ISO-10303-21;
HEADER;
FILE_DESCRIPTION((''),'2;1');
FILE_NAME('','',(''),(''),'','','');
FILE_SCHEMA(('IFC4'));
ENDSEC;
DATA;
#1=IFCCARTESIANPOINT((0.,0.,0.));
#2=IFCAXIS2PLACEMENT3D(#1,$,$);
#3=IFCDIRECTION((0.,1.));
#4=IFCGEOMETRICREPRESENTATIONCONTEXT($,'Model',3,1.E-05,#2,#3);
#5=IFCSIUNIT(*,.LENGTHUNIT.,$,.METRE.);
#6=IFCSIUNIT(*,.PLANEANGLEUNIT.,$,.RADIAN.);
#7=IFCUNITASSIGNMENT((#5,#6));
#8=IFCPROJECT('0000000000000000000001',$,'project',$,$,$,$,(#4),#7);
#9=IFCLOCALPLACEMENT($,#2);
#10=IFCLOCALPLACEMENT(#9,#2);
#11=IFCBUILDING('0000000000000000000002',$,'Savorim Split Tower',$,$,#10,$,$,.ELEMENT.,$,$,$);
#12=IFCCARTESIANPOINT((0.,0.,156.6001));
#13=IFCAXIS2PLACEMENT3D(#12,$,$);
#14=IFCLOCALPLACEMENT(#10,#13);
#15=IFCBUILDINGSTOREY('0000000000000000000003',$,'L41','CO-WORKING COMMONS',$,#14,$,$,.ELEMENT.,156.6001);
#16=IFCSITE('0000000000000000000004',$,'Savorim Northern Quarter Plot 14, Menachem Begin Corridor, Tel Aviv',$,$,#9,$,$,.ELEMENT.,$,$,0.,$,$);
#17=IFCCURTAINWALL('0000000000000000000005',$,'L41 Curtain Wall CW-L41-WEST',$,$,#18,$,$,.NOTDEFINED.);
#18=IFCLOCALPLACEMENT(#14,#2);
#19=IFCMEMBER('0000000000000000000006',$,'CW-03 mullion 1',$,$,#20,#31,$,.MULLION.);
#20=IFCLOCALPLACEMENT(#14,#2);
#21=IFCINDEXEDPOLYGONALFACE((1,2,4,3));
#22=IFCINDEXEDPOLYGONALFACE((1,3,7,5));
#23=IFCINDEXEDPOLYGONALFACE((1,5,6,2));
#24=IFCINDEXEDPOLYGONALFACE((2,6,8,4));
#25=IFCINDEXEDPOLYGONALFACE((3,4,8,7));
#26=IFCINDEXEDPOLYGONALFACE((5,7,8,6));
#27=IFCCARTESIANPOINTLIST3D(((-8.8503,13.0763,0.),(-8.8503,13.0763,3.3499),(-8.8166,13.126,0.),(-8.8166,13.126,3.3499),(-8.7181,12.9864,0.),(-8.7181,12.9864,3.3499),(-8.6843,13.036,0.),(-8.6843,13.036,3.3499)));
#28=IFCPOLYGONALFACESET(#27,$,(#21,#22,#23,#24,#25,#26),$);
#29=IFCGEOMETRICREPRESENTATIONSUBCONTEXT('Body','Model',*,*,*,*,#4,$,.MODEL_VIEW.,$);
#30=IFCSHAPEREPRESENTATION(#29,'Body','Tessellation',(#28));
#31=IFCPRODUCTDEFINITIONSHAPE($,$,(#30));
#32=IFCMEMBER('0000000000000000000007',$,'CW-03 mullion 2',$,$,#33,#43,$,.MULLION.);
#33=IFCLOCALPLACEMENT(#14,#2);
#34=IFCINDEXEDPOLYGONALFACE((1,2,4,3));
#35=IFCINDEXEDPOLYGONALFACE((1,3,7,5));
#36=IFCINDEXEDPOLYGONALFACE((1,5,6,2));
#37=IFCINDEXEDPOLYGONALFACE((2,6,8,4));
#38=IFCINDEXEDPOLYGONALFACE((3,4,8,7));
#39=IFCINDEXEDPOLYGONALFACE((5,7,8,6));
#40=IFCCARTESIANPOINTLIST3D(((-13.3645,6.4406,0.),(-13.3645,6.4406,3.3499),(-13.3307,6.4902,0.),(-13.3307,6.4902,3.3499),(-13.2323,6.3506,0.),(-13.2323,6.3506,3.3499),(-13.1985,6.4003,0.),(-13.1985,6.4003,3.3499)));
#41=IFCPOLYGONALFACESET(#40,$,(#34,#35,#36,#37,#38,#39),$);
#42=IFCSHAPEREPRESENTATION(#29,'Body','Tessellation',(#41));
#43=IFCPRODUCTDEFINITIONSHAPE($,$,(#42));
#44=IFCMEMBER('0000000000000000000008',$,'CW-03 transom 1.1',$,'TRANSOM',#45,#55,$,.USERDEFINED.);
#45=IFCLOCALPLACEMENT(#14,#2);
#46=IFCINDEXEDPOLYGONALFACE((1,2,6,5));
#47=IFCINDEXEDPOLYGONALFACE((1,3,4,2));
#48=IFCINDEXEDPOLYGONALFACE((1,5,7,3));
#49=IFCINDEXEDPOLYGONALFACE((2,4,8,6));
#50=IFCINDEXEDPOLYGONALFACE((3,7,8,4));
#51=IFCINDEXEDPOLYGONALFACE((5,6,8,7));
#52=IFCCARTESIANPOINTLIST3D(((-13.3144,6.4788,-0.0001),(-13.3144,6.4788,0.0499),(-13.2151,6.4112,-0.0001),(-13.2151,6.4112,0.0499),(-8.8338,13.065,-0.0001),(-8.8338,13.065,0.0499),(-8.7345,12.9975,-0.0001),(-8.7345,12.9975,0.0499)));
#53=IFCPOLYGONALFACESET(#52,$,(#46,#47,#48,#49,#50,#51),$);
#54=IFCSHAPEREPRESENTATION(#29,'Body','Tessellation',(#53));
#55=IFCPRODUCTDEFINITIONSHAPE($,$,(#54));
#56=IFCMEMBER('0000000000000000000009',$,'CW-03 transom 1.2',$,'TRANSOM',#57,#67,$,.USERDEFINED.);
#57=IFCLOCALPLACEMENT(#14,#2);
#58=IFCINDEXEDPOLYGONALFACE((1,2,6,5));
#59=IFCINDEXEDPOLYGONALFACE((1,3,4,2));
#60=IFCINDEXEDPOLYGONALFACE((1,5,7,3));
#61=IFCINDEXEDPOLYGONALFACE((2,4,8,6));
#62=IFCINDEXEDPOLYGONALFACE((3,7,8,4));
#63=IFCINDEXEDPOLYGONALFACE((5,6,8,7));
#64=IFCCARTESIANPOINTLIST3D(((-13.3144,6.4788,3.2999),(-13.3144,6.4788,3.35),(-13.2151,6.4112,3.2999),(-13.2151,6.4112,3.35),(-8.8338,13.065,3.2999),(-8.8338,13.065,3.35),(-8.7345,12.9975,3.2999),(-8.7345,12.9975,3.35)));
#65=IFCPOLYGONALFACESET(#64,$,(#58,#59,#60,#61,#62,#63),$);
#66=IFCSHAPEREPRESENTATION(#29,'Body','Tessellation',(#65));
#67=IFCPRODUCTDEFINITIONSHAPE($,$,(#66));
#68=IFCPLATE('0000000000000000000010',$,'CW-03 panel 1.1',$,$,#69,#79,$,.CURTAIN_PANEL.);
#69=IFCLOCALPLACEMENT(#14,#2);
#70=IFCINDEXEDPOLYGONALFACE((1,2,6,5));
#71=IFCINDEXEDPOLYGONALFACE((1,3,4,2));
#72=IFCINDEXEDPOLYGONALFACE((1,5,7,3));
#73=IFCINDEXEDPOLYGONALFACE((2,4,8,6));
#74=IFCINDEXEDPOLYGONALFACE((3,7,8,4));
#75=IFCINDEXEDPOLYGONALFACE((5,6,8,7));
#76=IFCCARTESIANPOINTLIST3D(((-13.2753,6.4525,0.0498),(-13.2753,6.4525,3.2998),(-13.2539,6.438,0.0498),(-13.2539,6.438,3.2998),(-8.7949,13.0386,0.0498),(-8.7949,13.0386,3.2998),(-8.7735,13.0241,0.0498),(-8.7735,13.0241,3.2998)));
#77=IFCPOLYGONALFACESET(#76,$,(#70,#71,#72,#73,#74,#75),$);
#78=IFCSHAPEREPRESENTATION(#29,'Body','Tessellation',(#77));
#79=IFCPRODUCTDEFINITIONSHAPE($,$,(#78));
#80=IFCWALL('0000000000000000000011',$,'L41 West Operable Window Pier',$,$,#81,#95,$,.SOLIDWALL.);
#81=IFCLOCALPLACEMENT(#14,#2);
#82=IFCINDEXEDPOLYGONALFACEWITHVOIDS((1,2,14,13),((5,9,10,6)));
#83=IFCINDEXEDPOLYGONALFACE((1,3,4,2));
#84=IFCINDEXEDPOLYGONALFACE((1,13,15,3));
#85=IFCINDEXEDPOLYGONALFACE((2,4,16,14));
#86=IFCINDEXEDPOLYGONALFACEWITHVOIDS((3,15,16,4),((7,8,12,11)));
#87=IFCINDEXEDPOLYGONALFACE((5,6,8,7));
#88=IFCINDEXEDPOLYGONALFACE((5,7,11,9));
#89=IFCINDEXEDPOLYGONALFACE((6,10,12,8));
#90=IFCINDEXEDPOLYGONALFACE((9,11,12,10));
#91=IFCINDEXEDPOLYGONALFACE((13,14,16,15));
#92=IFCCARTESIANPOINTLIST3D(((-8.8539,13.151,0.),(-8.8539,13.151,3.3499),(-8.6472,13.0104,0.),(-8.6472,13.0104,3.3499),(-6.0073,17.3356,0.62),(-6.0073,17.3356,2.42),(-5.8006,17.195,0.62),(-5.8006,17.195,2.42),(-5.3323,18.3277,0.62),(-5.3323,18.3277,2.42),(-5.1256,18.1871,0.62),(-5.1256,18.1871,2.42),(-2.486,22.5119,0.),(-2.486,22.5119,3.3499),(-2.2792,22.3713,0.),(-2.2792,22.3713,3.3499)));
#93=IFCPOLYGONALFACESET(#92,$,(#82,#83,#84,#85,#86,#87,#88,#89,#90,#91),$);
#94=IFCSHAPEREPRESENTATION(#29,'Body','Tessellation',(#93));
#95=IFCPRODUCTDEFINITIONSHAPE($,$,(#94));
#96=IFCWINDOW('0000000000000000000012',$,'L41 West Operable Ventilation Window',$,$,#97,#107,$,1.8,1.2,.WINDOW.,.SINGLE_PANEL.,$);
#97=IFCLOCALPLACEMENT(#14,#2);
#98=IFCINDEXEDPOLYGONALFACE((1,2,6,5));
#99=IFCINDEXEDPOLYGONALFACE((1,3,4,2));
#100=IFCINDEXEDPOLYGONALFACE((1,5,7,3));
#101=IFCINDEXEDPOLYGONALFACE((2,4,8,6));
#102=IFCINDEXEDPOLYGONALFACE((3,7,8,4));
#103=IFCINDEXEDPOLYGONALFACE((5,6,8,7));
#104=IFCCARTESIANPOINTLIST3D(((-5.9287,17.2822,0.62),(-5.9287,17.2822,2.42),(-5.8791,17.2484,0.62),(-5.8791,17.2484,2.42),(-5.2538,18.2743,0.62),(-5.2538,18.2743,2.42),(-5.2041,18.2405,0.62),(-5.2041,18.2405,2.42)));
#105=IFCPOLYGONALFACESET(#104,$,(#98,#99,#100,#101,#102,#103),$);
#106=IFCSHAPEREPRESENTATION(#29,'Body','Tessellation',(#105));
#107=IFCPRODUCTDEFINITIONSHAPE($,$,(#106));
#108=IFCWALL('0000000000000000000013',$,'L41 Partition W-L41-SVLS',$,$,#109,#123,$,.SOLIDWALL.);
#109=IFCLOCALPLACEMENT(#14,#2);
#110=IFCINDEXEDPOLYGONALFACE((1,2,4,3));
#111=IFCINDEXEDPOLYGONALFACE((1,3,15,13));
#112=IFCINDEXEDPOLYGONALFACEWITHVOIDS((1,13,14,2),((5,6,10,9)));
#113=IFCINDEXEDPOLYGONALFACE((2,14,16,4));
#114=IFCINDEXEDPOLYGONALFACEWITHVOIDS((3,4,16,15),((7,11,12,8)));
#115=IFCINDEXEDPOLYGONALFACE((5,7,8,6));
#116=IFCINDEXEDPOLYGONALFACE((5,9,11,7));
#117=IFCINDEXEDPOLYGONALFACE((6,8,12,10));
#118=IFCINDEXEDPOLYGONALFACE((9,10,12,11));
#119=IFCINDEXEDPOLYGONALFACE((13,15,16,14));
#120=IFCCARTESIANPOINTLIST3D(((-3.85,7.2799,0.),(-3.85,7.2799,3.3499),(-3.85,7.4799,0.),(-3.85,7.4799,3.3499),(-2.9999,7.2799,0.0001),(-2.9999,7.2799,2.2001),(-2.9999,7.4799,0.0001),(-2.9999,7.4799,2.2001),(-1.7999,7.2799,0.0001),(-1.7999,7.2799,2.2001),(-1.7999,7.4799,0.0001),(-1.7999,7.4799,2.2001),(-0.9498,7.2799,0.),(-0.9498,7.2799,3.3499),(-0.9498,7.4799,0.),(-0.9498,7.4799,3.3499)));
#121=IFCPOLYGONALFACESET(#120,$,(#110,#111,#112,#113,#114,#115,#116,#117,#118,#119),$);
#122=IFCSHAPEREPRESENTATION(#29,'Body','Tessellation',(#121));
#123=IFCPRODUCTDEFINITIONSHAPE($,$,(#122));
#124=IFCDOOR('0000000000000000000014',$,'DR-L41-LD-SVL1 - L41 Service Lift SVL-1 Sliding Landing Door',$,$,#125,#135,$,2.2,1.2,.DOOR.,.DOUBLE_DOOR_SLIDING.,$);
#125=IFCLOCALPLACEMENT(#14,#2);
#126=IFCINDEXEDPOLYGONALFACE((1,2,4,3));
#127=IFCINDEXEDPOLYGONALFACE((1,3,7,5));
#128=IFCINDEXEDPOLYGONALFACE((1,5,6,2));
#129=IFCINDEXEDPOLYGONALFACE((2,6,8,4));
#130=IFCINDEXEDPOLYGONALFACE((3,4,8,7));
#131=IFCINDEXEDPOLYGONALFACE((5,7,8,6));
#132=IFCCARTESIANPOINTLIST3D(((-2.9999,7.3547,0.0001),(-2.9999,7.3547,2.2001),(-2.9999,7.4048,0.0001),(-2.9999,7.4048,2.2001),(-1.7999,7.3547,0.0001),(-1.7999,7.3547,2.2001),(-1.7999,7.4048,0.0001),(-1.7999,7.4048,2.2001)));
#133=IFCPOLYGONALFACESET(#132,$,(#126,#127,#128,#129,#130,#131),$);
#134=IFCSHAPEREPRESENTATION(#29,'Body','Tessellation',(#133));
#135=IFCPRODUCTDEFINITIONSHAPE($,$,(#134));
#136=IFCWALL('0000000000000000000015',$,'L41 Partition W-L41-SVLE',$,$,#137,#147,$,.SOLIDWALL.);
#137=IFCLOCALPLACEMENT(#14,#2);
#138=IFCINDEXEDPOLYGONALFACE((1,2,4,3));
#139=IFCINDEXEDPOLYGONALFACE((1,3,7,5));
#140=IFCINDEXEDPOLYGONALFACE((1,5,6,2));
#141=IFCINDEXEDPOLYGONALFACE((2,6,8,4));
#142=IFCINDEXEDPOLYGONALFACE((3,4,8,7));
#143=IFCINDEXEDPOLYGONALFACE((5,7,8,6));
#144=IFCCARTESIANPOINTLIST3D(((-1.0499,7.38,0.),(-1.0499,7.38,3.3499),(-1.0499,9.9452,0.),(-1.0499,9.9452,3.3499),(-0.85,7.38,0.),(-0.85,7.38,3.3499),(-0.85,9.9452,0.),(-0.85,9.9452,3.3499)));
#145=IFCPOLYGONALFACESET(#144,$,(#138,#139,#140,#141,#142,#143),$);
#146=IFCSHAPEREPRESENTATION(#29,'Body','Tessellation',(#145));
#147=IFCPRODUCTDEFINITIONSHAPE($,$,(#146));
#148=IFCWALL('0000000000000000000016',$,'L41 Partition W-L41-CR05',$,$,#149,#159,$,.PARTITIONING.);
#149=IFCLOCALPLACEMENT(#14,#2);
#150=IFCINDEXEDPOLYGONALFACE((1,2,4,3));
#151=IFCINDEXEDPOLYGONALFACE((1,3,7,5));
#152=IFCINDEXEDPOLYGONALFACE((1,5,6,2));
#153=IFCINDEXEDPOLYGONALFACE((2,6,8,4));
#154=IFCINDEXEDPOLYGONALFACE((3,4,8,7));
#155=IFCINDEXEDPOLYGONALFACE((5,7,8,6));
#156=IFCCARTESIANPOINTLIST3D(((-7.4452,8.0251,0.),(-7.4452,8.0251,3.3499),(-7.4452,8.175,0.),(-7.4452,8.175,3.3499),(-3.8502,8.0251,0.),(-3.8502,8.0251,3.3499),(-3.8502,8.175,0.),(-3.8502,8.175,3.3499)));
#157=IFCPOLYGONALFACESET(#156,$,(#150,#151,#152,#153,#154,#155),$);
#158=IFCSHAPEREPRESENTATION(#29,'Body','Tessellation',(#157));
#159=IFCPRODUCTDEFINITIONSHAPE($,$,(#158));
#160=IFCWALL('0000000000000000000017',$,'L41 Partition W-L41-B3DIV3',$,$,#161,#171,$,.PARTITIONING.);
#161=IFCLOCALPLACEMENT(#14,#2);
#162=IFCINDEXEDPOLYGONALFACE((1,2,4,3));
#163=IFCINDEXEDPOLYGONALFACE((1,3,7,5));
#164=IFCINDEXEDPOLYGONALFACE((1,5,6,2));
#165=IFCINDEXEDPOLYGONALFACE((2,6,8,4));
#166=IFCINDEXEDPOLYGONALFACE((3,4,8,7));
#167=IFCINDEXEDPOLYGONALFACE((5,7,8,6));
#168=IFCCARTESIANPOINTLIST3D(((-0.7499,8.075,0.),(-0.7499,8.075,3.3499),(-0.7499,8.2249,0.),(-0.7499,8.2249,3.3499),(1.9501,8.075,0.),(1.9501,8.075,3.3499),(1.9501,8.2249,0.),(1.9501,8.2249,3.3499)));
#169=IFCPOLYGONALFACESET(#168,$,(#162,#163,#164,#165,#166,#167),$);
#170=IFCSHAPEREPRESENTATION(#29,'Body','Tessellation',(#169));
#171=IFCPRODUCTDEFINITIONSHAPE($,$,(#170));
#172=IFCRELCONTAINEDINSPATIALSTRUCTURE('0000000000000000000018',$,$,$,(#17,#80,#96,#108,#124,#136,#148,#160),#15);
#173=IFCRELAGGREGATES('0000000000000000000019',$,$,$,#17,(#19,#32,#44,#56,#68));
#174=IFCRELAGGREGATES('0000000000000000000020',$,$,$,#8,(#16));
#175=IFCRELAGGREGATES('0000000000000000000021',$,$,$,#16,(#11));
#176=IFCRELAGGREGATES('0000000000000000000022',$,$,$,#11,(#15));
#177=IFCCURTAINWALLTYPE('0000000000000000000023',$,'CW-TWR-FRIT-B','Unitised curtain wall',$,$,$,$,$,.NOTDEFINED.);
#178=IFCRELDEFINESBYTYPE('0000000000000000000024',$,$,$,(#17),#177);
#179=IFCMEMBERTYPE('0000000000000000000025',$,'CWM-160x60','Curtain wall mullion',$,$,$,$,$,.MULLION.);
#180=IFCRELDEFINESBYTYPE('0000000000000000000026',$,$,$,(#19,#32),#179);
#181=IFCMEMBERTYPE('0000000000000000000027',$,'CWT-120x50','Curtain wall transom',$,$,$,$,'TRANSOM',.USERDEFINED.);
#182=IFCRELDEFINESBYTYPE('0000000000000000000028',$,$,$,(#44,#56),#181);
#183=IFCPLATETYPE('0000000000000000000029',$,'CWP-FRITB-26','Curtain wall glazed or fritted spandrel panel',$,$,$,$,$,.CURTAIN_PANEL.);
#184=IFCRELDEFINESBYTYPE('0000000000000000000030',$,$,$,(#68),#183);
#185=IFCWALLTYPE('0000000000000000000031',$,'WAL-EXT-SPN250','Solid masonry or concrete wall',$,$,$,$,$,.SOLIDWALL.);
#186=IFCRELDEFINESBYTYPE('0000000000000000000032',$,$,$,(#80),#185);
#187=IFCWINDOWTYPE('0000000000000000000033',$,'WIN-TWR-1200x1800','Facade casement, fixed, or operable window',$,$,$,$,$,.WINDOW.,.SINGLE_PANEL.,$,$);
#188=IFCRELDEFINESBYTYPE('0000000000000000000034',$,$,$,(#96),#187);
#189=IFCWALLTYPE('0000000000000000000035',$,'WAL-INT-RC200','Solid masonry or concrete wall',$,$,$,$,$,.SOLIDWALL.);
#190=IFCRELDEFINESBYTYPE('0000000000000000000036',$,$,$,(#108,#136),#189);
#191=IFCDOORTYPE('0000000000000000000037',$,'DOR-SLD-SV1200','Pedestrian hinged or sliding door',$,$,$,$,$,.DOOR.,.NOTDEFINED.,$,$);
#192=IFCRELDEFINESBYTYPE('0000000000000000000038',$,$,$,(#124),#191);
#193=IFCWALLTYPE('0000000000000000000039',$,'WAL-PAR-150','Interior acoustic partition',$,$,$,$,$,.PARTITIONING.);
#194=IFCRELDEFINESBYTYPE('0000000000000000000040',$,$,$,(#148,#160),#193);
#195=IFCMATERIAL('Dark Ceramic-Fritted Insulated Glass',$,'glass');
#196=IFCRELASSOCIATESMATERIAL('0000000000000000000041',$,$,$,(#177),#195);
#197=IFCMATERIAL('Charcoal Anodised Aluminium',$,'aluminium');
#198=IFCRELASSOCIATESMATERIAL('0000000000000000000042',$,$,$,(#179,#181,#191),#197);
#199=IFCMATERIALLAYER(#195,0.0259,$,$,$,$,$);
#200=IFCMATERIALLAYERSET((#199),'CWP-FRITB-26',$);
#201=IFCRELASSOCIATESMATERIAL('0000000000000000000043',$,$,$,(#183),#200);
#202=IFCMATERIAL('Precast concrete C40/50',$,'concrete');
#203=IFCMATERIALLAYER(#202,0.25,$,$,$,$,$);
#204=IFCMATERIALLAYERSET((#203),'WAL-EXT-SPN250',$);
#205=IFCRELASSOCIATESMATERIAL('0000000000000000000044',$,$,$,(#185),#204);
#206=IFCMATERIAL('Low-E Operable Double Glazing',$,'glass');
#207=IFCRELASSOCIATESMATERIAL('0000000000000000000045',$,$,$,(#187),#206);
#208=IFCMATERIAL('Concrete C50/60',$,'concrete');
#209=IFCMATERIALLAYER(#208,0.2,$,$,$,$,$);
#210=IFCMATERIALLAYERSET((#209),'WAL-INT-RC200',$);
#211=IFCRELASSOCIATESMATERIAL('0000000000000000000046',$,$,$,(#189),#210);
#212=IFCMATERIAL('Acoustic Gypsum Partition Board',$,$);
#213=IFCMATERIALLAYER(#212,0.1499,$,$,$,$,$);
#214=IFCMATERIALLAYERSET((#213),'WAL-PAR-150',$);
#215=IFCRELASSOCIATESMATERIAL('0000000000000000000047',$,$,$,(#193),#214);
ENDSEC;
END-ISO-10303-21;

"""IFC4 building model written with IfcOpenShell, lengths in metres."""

from ifc_helpers import new_model, si_unit, direction, frame, frame_2d, origin, origin_2d, place, context, subcontext, project, spatial, rectangle, extrude, material, layer, layer_set, material_profile, profile_set, type_object, element, fill, aggregate, save


model = new_model("IFC4")

# Units and contexts
model_context = context("Model", 3, precision=1e-05, world=origin(), true_north=direction((0.0, 1.0)))
body_context = subcontext(model_context, "Body", "Model", "MODEL_VIEW")
ifc_project = project(units=[si_unit("LENGTHUNIT", "METRE"), si_unit("PLANEANGLEUNIT", "RADIAN")], contexts=[model_context])

# Site, building, storey
site_placement = place(None, origin())
site = spatial("IfcSite", under=ifc_project, at=site_placement, Name="Savorim Northern Quarter Plot 14, Menachem Begin Corridor, Tel Aviv", CompositionType="ELEMENT", RefElevation=0.0)
building_placement = place(site_placement, origin())
building = spatial("IfcBuilding", under=site, at=building_placement, Name="Savorim Split Tower", CompositionType="ELEMENT")
storey_placement = place(building_placement, frame((0.0, 0.0, 156.6001)))
storey = spatial("IfcBuildingStorey", under=building, at=storey_placement, Name="L41", Description="CO-WORKING COMMONS", CompositionType="ELEMENT", Elevation=156.6001)

# Curtain wall, members, plate
ifc_material_1 = material(Name="Dark Ceramic-Fritted Insulated Glass", Category="glass")
curtain_wall_type = type_object("IfcCurtainWallType", Name="CW-TWR-FRIT-B", Description="Unitised curtain wall", PredefinedType="NOTDEFINED", material=ifc_material_1)
curtain_wall_placement = place(storey_placement, origin())
curtain_wall = element("IfcCurtainWall", 1, at=curtain_wall_placement, inside=storey, type_object=curtain_wall_type, Name="L41 Curtain Wall CW-L41-WEST", PredefinedType="NOTDEFINED")
ifc_material_2 = material(Name="Charcoal Anodised Aluminium", Category="aluminium")
ifc_material_profile_1 = material_profile(ifc_material_2, rectangle(XDim=0.1599, YDim=0.0601, at=origin_2d()), Name="ALU-M 160x60")
ifc_profile_set_1 = profile_set([ifc_material_profile_1], Name="Charcoal Anodised Aluminium")
member_type_1 = type_object("IfcMemberType", Name="CWM-160x60", Description="Curtain wall mullion", PredefinedType="MULLION", material=ifc_profile_set_1)
member_1_placement = place(storey_placement, frame((-8.7673, 13.0562, 0.0), z_axis=(0.0, 0.0, 1.0), x_axis=(0.82682, -0.562466, 0.0)))
member_1 = element("IfcMember", 2, at=member_1_placement, type_object=member_type_1, Name="CW-03 mullion 1", PredefinedType="MULLION", context=body_context, shape_type="SweptSolid", body=[
    extrude(rectangle(XDim=0.1599, YDim=0.0601, at=origin_2d()), origin(), (0.0, 0.0, 1.0), 3.3499),
])
member_2_placement = place(storey_placement, frame((-13.2815, 6.4204, 0.0), z_axis=(0.0, 0.0, 1.0), x_axis=(0.82682, -0.562466, 0.0)))
member_2 = element("IfcMember", 3, at=member_2_placement, type_object=member_type_1, Name="CW-03 mullion 2", PredefinedType="MULLION", context=body_context, shape_type="SweptSolid", body=[
    extrude(rectangle(XDim=0.1599, YDim=0.0601, at=origin_2d()), origin(), (0.0, 0.0, 1.0), 3.3499),
])
ifc_material_profile_2 = material_profile(ifc_material_2, rectangle(XDim=0.1201, YDim=0.05, at=origin_2d()), Name="ALU-T 120x50")
ifc_profile_set_2 = profile_set([ifc_material_profile_2], Name="Charcoal Anodised Aluminium")
member_type_2 = type_object("IfcMemberType", Name="CWT-120x50", Description="Curtain wall transom", ElementType="TRANSOM", PredefinedType="USERDEFINED", material=ifc_profile_set_2)
member_3_placement = place(storey_placement, frame((-8.7842, 13.0312, 0.0249), z_axis=(-0.56247, -0.826818, 0.0), x_axis=(0.826818, -0.56247, 0.0)))
member_3 = element("IfcMember", 4, at=member_3_placement, type_object=member_type_2, Name="CW-03 transom 1.1", ObjectType="TRANSOM", PredefinedType="USERDEFINED", context=body_context, shape_type="SweptSolid", body=[
    extrude(rectangle(XDim=0.1201, YDim=0.05, at=origin_2d()), origin(), (0.0, 0.0, 1.0), 7.9658),
])
member_4_placement = place(storey_placement, frame((-8.7842, 13.0312, 3.325), z_axis=(-0.56247, -0.826818, 0.0), x_axis=(0.826818, -0.56247, 0.0)))
member_4 = element("IfcMember", 5, at=member_4_placement, type_object=member_type_2, Name="CW-03 transom 1.2", ObjectType="TRANSOM", PredefinedType="USERDEFINED", context=body_context, shape_type="SweptSolid", body=[
    extrude(rectangle(XDim=0.1201, YDim=0.05, at=origin_2d()), origin(), (0.0, 0.0, 1.0), 7.9658),
])
ifc_layer_1 = layer(ifc_material_1, 0.0259)
ifc_layer_set_1 = layer_set([ifc_layer_1], Name="CWP-FRITB-26")
plate_type = type_object("IfcPlateType", Name="CWP-FRITB-26", Description="Curtain wall glazed or fritted spandrel panel", PredefinedType="CURTAIN_PANEL", material=ifc_layer_set_1)
plate_placement = place(storey_placement, frame((-11.0244, 9.7383, 0.0498), z_axis=(0.0, 0.0, 1.0), x_axis=(-0.562466, -0.82682, 0.0)))
plate = element("IfcPlate", 6, at=plate_placement, type_object=plate_type, Name="CW-03 panel 1.1", PredefinedType="CURTAIN_PANEL", context=body_context, shape_type="SweptSolid", body=[
    extrude(rectangle(XDim=7.9656, YDim=0.0259, at=origin_2d()), origin(), (0.0, 0.0, 1.0), 3.25),
])
aggregate(curtain_wall, [member_1, member_2, member_3, member_4, plate])

# Shared definitions
ifc_material_3 = material(Name="Precast concrete C40/50", Category="concrete")

# Wall, opening, window
ifc_layer_2 = layer(ifc_material_3, 0.25)
ifc_layer_set_2 = layer_set([ifc_layer_2], Name="WAL-EXT-SPN250")
wall_type_1 = type_object("IfcWallType", Name="WAL-EXT-SPN250", Description="Solid masonry or concrete wall", PredefinedType="SOLIDWALL", material=ifc_layer_set_2)
wall_1_placement = place(storey_placement, frame((-8.7505, 13.0808, 0.0), z_axis=(0.0, 0.0, 1.0), x_axis=(0.562464, 0.826822, 0.0)))
wall_1 = element("IfcWall", 7, at=wall_1_placement, inside=storey, type_object=wall_type_1, Name="L41 West Operable Window Pier", PredefinedType="SOLIDWALL", context=body_context, shape_type="SweptSolid", body=[
    extrude(rectangle(XDim=11.3215, YDim=0.25, at=frame_2d((5.6606, 0.0))), origin(), (0.0, 0.0, 1.0), 3.3499),
])
opening_1_placement = place(wall_1_placement, frame((5.0608, 0.0, 0.6201)))
opening_1 = element("IfcOpeningElement", 8, at=opening_1_placement, cuts=wall_1, PredefinedType="OPENING", context=body_context, shape_type="SweptSolid", body=[
    extrude(rectangle(XDim=1.2, YDim=1.8, at=frame_2d((0.6001, 0.8999))), frame((0.0, 0.135, 0.0), z_axis=(0.0, -1.0, 0.0), x_axis=(1.0, 0.0, 0.0)), (0.0, 0.0, 1.0), 0.27),
])
ifc_material_4 = material(Name="Low-E Operable Double Glazing", Category="glass")
window_type = type_object("IfcWindowType", Name="WIN-TWR-1200x1800", Description="Facade casement, fixed, or operable window", PartitioningType="SINGLE_PANEL", PredefinedType="WINDOW", material=ifc_material_4)
window_placement = place(opening_1_placement, origin())
window = element("IfcWindow", 9, at=window_placement, inside=storey, type_object=window_type, Name="L41 West Operable Ventilation Window", OverallHeight=1.8, OverallWidth=1.2, PartitioningType="SINGLE_PANEL", PredefinedType="WINDOW", context=body_context, shape_type="SweptSolid", body=[
    extrude(rectangle(XDim=1.2, YDim=1.8, at=frame_2d((0.6001, 0.8999))), frame((0.0, 0.03, 0.0), z_axis=(0.0, -1.0, 0.0), x_axis=(1.0, 0.0, 0.0)), (0.0, 0.0, 1.0), 0.0601),
])
fill(opening_1, window)

# Wall, opening, door
ifc_material_5 = material(Name="Concrete C50/60", Category="concrete")
ifc_layer_3 = layer(ifc_material_5, 0.2)
ifc_layer_set_3 = layer_set([ifc_layer_3], Name="WAL-INT-RC200")
wall_type_2 = type_object("IfcWallType", Name="WAL-INT-RC200", Description="Solid masonry or concrete wall", PredefinedType="SOLIDWALL", material=ifc_layer_set_3)
wall_2_placement = place(storey_placement, frame((-3.8501, 7.3799, 0.0), z_axis=(0.0, 0.0, 1.0), x_axis=(1.0, 0.0, 0.0)))
wall_2 = element("IfcWall", 10, at=wall_2_placement, inside=storey, type_object=wall_type_2, Name="L41 Partition W-L41-SVLS", PredefinedType="SOLIDWALL", context=body_context, shape_type="SweptSolid", body=[
    extrude(rectangle(XDim=2.9001, YDim=0.2, at=frame_2d((1.4502, 0.0))), origin(), (0.0, 0.0, 1.0), 3.3499),
])
opening_2_placement = place(wall_2_placement, frame((0.8501, 0.0, 0.0)))
opening_2 = element("IfcOpeningElement", 11, at=opening_2_placement, cuts=wall_2, PredefinedType="OPENING", context=body_context, shape_type="SweptSolid", body=[
    extrude(rectangle(XDim=1.2, YDim=2.2, at=frame_2d((0.6001, 1.1001))), frame((0.0, 0.1099, 0.0), z_axis=(0.0, -1.0, 0.0), x_axis=(1.0, 0.0, 0.0)), (0.0, 0.0, 1.0), 0.22),
])
door_type_1 = type_object("IfcDoorType", Name="DOR-SLD-SV1200", Description="Pedestrian hinged or sliding door", OperationType="NOTDEFINED", PredefinedType="DOOR", material=ifc_material_2)
door_1_placement = place(opening_2_placement, origin())
door_1 = element("IfcDoor", 12, at=door_1_placement, inside=storey, type_object=door_type_1, Name="DR-L41-LD-SVL1 - L41 Service Lift SVL-1 Sliding Landing Door", OperationType="DOUBLE_DOOR_SLIDING", OverallHeight=2.2, OverallWidth=1.2, PredefinedType="DOOR", context=body_context, shape_type="SweptSolid", body=[
    extrude(rectangle(XDim=1.2, YDim=2.2, at=frame_2d((0.6001, 1.1001))), frame((0.0, 0.0249, 0.0), z_axis=(0.0, -1.0, 0.0), x_axis=(1.0, 0.0, 0.0)), (0.0, 0.0, 1.0), 0.05),
])
fill(opening_2, door_1)

# Walls
wall_3_placement = place(storey_placement, frame((-0.95, 7.3799, 0.0), z_axis=(0.0, 0.0, 1.0), x_axis=(0.0, 1.0, 0.0)))
element("IfcWall", 13, at=wall_3_placement, inside=storey, type_object=wall_type_2, Name="L41 Partition W-L41-SVLE", PredefinedType="SOLIDWALL", context=body_context, shape_type="SweptSolid", body=[
    extrude(rectangle(XDim=2.5652, YDim=0.2, at=frame_2d((1.2827, 0.0))), origin(), (0.0, 0.0, 1.0), 3.3499),
])
ifc_material_6 = material(Name="Acoustic Gypsum Partition Board")
ifc_layer_4 = layer(ifc_material_6, 0.1499)
ifc_layer_set_4 = layer_set([ifc_layer_4], Name="WAL-PAR-150")
wall_type_3 = type_object("IfcWallType", Name="WAL-PAR-150", Description="Interior acoustic partition", PredefinedType="PARTITIONING", material=ifc_layer_set_4)
wall_4_placement = place(storey_placement, frame((-7.4451, 8.1001, 0.0), z_axis=(0.0, 0.0, 1.0), x_axis=(1.0, 0.0, 0.0)))
element("IfcWall", 14, at=wall_4_placement, inside=storey, type_object=wall_type_3, Name="L41 Partition W-L41-CR05", PredefinedType="PARTITIONING", context=body_context, shape_type="SweptSolid", body=[
    extrude(rectangle(XDim=3.595, YDim=0.1499, at=frame_2d((1.7974, 0.0))), origin(), (0.0, 0.0, 1.0), 3.3499),
])
wall_5_placement = place(storey_placement, frame((-0.75, 8.1499, 0.0), z_axis=(0.0, 0.0, 1.0), x_axis=(1.0, 0.0, 0.0)))
element("IfcWall", 15, at=wall_5_placement, inside=storey, type_object=wall_type_3, Name="L41 Partition W-L41-B3DIV3", PredefinedType="PARTITIONING", context=body_context, shape_type="SweptSolid", body=[
    extrude(rectangle(XDim=2.7, YDim=0.1499, at=frame_2d((1.3501, 0.0))), origin(), (0.0, 0.0, 1.0), 3.3499),
])

save(model, "model.ifc")
